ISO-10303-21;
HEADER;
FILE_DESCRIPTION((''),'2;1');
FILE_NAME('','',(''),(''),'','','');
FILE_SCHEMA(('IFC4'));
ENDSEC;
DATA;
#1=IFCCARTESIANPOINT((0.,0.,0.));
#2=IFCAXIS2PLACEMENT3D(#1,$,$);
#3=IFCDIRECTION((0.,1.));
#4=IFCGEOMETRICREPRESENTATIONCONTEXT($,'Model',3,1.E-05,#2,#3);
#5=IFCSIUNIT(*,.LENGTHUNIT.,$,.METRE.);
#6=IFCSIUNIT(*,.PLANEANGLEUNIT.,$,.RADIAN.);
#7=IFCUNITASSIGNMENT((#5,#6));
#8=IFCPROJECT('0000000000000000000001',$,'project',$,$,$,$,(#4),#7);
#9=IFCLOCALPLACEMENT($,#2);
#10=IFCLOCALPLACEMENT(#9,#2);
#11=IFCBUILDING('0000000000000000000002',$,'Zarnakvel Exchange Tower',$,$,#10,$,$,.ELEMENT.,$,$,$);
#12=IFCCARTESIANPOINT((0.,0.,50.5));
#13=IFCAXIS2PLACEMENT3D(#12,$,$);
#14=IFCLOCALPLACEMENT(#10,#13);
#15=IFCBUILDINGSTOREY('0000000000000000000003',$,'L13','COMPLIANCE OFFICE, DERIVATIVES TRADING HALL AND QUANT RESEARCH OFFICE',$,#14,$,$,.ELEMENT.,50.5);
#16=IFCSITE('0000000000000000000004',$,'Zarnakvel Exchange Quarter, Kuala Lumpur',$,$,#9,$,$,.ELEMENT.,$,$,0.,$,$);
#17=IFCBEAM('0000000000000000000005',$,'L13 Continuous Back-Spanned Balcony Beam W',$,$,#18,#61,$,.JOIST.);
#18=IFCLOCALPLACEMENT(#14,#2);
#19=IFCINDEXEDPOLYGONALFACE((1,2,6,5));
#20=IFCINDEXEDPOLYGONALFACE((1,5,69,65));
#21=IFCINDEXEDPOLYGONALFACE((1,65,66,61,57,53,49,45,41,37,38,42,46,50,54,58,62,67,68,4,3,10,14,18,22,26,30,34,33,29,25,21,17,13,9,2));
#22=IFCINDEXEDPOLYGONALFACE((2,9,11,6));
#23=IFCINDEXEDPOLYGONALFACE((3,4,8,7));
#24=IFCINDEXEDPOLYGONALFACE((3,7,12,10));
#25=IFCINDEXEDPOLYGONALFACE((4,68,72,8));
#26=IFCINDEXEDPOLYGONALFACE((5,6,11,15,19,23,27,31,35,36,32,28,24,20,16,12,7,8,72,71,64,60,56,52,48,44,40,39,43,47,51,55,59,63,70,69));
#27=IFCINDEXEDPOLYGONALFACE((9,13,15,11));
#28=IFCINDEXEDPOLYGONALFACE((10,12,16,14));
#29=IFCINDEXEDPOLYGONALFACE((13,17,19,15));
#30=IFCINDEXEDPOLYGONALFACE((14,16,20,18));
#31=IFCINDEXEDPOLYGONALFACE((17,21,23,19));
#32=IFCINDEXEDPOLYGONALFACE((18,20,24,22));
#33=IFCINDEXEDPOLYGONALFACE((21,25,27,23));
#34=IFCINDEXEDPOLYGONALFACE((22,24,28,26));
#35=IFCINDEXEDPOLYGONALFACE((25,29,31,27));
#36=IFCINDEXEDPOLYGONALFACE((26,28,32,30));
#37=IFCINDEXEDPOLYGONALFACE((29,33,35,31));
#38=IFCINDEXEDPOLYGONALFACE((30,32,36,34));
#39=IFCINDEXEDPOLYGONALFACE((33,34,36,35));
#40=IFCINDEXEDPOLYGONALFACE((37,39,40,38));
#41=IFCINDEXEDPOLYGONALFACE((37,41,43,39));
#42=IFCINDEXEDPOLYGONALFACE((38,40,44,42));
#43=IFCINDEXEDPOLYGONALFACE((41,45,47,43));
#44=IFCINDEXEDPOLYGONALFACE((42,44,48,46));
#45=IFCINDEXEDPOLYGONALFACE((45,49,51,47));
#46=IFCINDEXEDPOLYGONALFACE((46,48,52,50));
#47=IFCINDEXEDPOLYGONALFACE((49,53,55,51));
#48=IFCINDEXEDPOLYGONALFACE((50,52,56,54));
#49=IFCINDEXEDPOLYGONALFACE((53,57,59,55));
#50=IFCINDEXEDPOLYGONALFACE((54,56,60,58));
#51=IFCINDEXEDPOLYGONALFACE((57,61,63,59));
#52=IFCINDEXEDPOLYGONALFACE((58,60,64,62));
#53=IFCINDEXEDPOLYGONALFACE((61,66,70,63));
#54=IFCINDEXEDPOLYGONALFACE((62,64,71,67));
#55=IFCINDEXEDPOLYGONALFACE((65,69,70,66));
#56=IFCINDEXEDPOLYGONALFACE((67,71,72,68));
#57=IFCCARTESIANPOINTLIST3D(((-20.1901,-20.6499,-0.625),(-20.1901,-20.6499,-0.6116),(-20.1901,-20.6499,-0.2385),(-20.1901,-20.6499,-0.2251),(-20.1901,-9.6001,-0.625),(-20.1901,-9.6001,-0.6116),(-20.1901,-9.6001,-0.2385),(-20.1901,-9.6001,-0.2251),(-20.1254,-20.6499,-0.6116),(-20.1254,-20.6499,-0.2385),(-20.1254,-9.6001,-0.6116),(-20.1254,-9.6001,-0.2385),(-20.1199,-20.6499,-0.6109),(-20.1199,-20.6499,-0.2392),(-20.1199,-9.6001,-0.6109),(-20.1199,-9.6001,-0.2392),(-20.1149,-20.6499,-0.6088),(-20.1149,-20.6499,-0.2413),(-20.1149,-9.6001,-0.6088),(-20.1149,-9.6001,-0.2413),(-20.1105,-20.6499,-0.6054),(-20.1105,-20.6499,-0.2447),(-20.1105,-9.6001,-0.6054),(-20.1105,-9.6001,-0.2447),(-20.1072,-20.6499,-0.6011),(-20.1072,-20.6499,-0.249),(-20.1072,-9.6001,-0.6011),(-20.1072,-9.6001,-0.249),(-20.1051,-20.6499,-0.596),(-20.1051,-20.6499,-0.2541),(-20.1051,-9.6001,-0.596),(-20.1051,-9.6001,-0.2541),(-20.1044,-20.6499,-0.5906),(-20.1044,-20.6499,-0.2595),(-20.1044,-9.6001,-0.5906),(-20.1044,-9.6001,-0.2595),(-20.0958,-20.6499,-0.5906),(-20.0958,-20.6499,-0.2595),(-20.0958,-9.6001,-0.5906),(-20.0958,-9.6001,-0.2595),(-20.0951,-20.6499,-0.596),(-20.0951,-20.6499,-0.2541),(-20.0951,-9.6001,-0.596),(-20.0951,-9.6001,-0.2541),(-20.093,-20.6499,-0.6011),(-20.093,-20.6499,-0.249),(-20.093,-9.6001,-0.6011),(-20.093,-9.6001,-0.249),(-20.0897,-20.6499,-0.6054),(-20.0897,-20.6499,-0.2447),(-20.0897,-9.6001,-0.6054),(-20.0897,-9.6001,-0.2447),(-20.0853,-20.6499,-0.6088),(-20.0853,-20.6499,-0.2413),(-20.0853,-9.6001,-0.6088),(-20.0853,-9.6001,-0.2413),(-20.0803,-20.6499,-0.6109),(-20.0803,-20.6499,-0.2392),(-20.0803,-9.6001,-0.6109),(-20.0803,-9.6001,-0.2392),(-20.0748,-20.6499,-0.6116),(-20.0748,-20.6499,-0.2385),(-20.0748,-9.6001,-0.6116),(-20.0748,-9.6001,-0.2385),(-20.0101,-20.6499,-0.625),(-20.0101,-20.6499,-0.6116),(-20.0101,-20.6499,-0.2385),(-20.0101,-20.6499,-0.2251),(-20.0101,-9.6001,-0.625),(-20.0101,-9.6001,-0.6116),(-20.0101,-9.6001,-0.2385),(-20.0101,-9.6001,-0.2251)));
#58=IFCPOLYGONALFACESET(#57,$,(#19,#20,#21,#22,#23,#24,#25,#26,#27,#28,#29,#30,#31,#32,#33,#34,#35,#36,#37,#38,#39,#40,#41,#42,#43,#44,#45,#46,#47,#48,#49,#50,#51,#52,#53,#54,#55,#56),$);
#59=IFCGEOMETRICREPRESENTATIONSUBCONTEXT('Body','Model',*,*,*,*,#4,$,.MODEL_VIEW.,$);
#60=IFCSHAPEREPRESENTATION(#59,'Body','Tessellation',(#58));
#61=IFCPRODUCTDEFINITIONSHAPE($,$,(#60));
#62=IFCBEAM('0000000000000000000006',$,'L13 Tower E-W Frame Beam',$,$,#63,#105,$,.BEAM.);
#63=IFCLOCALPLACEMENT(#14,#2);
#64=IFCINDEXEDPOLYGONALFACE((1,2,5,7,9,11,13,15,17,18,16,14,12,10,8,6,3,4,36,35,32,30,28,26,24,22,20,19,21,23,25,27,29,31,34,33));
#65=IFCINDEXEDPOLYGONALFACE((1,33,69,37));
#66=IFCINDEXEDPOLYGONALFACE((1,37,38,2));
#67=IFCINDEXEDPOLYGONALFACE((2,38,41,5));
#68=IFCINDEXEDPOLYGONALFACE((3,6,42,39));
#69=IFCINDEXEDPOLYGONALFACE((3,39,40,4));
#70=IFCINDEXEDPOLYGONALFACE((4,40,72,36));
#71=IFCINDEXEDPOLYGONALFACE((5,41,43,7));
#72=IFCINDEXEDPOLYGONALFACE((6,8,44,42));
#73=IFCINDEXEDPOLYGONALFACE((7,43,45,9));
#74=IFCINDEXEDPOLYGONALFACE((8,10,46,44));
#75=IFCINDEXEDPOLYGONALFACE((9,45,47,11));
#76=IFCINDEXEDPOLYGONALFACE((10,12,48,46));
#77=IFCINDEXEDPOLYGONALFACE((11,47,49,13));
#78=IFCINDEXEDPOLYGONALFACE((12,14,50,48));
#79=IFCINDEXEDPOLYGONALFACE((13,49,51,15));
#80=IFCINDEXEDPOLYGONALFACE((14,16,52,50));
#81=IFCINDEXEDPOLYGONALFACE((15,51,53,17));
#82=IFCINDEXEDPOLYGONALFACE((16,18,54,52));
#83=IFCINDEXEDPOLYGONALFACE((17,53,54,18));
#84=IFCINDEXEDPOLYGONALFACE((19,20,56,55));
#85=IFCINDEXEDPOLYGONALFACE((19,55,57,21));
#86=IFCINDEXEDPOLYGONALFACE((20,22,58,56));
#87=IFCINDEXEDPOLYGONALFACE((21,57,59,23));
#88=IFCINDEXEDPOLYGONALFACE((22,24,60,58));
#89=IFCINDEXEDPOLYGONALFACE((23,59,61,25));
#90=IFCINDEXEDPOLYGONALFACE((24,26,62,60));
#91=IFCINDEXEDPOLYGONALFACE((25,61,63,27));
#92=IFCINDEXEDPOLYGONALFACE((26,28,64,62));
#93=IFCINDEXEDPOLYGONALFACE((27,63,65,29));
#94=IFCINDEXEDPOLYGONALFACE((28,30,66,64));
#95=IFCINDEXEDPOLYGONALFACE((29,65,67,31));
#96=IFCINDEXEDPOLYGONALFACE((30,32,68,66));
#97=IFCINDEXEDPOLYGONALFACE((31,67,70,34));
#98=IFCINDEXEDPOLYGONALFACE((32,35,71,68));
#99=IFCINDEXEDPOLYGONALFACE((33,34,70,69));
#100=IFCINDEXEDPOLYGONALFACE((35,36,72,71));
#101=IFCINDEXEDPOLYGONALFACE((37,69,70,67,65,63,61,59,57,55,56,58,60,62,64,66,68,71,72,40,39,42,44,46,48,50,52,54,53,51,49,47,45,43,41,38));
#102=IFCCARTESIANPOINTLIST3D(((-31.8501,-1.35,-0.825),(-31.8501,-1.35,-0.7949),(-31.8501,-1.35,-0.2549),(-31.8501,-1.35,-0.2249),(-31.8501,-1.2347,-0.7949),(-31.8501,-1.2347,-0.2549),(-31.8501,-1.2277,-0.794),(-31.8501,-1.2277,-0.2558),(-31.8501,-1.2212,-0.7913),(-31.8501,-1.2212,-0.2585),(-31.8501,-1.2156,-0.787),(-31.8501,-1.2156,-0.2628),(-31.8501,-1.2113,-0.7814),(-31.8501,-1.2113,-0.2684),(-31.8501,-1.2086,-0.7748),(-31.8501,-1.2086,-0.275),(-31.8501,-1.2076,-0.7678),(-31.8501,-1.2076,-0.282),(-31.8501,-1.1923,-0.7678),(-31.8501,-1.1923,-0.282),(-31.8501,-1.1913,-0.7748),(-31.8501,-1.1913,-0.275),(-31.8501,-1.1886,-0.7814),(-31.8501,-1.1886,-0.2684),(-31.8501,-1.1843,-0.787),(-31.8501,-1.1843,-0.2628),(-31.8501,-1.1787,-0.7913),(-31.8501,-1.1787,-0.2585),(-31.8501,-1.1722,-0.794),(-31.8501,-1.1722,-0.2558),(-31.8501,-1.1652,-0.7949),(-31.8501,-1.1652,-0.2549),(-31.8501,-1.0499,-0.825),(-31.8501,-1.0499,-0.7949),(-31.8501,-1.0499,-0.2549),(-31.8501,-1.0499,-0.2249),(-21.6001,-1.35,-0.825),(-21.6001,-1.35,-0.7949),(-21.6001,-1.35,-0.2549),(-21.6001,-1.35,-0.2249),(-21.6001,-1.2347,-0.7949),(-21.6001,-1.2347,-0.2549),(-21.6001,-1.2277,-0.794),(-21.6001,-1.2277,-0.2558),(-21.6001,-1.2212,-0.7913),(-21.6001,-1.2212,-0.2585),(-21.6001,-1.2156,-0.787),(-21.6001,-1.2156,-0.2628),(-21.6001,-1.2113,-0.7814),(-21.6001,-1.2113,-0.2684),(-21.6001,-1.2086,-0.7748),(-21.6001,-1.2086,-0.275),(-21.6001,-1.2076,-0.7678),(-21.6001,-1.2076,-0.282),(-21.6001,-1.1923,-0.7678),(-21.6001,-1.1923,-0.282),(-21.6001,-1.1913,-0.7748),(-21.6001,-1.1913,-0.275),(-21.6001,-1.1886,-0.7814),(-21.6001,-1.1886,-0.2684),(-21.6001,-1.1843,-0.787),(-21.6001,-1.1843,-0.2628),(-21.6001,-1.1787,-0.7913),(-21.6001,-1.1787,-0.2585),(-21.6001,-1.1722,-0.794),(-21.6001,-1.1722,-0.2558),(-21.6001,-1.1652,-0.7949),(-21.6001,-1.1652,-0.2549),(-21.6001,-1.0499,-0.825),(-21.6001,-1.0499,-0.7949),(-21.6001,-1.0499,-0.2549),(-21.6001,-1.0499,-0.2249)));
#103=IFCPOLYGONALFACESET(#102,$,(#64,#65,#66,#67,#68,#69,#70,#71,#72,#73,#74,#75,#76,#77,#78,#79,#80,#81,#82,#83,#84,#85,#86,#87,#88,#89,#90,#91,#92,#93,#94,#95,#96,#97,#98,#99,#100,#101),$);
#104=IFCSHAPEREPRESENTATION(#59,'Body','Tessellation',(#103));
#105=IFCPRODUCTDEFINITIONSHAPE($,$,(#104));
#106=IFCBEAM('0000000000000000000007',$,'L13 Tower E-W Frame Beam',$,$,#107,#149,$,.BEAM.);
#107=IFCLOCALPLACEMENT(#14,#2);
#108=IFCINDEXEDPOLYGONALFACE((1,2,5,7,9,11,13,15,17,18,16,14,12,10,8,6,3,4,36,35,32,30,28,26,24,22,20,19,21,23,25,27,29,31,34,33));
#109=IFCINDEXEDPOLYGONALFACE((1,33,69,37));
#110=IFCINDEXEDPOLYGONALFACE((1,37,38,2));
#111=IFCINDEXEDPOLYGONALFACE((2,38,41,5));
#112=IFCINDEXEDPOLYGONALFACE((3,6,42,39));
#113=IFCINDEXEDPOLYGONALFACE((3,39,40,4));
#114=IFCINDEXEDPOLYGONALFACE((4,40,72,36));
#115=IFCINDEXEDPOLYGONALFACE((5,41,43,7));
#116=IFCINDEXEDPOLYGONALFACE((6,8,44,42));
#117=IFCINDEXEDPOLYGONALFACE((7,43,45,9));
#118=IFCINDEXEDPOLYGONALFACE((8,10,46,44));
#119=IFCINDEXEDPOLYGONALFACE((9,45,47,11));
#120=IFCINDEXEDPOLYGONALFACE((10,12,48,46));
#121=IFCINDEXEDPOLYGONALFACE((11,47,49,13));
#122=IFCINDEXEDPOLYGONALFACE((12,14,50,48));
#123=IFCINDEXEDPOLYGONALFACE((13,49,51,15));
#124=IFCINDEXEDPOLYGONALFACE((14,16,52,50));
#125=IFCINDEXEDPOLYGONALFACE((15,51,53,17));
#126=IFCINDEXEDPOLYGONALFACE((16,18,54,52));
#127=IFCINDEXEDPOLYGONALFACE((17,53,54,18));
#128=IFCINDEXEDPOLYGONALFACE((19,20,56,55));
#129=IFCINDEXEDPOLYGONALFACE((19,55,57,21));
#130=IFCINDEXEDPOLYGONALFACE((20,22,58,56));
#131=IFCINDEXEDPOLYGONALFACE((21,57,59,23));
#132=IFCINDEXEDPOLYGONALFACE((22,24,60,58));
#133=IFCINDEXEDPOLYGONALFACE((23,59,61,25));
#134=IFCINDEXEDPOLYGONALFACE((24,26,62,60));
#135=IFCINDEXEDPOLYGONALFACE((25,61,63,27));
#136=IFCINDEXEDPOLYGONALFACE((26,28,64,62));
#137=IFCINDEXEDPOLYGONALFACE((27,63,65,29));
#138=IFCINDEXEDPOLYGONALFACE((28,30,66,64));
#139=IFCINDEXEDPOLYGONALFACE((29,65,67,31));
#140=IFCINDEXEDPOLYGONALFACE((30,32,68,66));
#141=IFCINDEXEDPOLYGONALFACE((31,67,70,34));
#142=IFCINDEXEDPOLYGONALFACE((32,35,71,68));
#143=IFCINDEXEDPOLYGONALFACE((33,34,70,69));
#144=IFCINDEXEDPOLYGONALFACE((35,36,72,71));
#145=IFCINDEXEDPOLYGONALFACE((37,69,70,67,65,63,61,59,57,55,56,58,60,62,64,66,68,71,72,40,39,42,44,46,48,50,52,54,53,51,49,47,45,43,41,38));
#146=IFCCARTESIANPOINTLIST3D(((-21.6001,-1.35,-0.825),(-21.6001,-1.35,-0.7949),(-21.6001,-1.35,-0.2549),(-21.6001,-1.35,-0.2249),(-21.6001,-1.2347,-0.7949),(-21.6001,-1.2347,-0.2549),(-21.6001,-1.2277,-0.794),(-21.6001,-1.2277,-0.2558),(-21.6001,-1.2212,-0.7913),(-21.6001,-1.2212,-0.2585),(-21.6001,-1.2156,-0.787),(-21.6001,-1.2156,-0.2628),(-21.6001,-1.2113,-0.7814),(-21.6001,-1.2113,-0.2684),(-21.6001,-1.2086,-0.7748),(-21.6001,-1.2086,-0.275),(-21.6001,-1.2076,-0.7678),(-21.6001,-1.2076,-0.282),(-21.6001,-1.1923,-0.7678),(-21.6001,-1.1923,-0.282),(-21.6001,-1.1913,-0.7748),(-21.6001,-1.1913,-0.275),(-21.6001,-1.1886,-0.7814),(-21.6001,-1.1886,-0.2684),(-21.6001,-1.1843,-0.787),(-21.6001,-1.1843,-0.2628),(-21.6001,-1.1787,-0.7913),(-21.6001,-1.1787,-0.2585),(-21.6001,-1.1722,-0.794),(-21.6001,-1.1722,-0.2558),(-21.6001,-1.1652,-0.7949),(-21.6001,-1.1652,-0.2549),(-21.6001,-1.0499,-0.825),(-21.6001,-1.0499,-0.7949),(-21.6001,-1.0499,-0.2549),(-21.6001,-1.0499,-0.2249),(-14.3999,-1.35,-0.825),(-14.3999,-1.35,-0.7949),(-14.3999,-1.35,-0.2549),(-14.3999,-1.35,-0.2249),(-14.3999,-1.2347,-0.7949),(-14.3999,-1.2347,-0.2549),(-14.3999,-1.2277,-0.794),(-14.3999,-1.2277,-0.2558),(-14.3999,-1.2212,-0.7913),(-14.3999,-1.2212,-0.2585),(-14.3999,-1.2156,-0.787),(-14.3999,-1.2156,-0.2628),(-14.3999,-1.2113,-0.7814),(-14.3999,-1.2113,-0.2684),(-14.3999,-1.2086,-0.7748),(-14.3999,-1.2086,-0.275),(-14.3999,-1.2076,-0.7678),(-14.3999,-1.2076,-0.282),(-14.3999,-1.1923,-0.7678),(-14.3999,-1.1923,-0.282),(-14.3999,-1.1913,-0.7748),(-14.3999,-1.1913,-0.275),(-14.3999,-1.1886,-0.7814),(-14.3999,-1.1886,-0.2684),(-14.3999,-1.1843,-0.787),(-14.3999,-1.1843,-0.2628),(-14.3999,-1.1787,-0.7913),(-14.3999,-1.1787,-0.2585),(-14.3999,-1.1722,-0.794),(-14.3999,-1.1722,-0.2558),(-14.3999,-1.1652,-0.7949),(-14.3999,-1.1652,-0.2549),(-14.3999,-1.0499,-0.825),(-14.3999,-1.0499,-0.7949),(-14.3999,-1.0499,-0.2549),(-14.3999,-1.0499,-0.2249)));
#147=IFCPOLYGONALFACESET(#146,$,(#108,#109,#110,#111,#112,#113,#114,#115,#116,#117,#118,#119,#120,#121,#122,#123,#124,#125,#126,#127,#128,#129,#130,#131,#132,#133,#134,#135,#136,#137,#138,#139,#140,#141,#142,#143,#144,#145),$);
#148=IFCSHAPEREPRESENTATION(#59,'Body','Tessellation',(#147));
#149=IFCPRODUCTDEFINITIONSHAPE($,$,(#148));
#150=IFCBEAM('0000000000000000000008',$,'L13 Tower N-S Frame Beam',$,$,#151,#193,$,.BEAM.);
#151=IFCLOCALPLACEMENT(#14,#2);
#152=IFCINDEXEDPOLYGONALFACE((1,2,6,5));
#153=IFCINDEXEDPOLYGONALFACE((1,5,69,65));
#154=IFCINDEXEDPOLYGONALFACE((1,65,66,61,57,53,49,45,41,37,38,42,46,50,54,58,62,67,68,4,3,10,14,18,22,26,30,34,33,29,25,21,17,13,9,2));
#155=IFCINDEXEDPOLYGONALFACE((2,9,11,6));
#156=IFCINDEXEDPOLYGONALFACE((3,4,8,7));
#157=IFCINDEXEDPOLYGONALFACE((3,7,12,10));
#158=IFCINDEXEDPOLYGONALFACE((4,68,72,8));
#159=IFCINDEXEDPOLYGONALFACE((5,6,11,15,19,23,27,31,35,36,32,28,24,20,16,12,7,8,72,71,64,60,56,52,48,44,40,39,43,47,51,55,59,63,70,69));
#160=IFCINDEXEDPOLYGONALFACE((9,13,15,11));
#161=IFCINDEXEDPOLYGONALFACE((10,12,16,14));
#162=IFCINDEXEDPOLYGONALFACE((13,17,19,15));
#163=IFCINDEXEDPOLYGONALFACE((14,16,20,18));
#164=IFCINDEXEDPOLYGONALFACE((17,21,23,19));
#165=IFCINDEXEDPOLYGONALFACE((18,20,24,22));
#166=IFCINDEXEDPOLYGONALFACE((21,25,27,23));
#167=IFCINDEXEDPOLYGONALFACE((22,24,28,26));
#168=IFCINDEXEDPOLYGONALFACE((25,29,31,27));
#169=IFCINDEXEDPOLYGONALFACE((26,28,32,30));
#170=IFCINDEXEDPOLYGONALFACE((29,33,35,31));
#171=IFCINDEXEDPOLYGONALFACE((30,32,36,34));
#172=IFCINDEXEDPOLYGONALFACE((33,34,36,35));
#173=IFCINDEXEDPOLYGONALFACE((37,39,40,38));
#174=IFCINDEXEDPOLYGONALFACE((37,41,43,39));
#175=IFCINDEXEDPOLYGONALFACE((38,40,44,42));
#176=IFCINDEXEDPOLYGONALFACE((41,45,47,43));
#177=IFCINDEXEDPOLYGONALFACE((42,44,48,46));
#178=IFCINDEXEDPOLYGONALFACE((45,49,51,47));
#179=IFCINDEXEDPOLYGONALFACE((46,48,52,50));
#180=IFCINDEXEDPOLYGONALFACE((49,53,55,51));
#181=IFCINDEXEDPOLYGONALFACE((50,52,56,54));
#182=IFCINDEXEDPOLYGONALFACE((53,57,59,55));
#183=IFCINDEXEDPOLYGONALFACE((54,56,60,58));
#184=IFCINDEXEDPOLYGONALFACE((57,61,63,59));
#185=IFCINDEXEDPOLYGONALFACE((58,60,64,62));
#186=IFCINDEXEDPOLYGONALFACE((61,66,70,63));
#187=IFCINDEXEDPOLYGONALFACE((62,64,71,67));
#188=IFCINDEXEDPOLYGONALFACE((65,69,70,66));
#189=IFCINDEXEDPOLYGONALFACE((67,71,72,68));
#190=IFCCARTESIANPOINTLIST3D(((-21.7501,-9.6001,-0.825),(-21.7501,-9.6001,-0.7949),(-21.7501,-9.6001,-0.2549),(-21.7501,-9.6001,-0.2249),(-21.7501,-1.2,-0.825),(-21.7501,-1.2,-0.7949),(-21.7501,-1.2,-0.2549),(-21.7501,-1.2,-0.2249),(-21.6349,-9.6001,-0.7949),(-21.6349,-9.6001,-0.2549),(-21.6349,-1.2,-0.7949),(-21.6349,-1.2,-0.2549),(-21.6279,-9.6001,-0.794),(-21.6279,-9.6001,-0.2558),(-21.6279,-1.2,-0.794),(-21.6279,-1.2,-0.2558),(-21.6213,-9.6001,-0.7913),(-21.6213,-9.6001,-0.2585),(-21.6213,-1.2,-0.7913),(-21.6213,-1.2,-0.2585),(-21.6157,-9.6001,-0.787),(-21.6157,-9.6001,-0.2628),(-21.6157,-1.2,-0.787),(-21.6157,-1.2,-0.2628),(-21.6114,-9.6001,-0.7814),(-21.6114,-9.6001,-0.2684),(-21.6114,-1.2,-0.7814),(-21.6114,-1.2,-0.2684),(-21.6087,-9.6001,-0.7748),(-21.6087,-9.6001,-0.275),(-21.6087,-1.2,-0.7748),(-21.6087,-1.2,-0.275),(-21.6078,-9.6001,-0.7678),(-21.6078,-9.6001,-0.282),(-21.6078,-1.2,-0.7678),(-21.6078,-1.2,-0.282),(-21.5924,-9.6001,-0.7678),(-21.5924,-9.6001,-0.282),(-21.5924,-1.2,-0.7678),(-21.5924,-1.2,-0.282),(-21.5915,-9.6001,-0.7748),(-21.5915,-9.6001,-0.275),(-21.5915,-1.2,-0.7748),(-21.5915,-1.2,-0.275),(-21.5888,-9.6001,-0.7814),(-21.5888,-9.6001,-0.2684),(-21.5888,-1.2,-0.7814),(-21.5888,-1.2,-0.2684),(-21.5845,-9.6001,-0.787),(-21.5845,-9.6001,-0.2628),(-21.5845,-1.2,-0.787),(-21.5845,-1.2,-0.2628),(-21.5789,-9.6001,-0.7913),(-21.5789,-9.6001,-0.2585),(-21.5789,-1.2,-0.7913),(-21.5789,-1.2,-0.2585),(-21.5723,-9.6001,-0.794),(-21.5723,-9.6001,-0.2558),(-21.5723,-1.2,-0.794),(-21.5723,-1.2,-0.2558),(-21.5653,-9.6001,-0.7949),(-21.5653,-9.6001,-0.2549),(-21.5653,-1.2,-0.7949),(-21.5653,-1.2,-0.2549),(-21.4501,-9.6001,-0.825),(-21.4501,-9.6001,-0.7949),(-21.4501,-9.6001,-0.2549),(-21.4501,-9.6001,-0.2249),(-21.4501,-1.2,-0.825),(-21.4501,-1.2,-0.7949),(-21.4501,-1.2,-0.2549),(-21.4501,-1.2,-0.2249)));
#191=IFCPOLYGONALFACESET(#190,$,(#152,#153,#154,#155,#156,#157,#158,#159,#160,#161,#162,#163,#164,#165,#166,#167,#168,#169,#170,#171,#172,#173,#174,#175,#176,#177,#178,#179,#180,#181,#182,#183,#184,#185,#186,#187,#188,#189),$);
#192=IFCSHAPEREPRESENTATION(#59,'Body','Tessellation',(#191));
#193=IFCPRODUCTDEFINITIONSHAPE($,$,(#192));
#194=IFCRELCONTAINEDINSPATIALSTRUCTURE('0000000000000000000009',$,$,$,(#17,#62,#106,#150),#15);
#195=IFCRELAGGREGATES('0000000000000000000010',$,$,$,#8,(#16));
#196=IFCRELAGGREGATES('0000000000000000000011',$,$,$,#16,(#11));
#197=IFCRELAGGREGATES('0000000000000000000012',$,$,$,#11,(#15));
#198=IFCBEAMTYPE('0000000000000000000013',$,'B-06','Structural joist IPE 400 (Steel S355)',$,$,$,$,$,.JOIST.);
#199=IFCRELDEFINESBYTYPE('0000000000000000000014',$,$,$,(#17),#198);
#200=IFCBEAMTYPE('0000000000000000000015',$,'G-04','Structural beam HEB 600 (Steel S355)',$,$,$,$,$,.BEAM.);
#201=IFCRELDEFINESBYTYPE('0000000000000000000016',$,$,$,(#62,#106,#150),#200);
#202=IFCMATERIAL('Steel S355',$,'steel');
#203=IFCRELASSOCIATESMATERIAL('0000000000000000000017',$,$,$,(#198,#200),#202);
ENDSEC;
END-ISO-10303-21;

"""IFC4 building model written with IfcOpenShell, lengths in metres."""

from ifc_helpers import new_model, si_unit, direction, frame, origin, origin_2d, place, context, subcontext, project, spatial, i_section, extrude, material, material_profile, profile_set, type_object, element, save


model = new_model("IFC4")

# Units and contexts
model_context = context("Model", 3, precision=1e-05, world=origin(), true_north=direction((0.0, 1.0)))
body_context = subcontext(model_context, "Body", "Model", "MODEL_VIEW")
ifc_project = project(units=[si_unit("LENGTHUNIT", "METRE"), si_unit("PLANEANGLEUNIT", "RADIAN")], contexts=[model_context])

# Site, building, storey
site_placement = place(None, origin())
site = spatial("IfcSite", under=ifc_project, at=site_placement, Name="Zarnakvel Exchange Quarter, Kuala Lumpur", CompositionType="ELEMENT", RefElevation=0.0)
building_placement = place(site_placement, origin())
building = spatial("IfcBuilding", under=site, at=building_placement, Name="Zarnakvel Exchange Tower", CompositionType="ELEMENT")
storey_placement = place(building_placement, frame((0.0, 0.0, 50.5)))
storey = spatial("IfcBuildingStorey", under=building, at=storey_placement, Name="L13", Description="COMPLIANCE OFFICE, DERIVATIVES TRADING HALL AND QUANT RESEARCH OFFICE", CompositionType="ELEMENT", Elevation=50.5)

# Shared definitions
ifc_material_1 = material(Name="Steel S355", Category="steel")

# Beams
ifc_material_profile_1 = material_profile(ifc_material_1, i_section(OverallWidth=0.1799, OverallDepth=0.3999, WebThickness=0.0085, FlangeThickness=0.0134, FilletRadius=0.021, at=origin_2d()))
ifc_profile_set_1 = profile_set([ifc_material_profile_1], Name="Steel S355")
beam_type_1 = type_object("IfcBeamType", Name="B-06", Description="Structural joist IPE 400 (Steel S355)", PredefinedType="JOIST", material=ifc_profile_set_1)
beam_1_placement = place(storey_placement, frame((-20.1001, -9.6001, -0.425), z_axis=(0.0, -1.0, 0.0), x_axis=(1.0, 0.0, 0.0)))
element("IfcBeam", 1, at=beam_1_placement, inside=storey, type_object=beam_type_1, Name="L13 Continuous Back-Spanned Balcony Beam W", PredefinedType="JOIST", context=body_context, shape_type="SweptSolid", body=[
    extrude(i_section(OverallWidth=0.1799, OverallDepth=0.3999, WebThickness=0.0085, FlangeThickness=0.0134, FilletRadius=0.021, at=origin_2d()), origin(), (0.0, 0.0, 1.0), 11.0498),
])
ifc_material_profile_2 = material_profile(ifc_material_1, i_section(OverallWidth=0.3, OverallDepth=0.6001, WebThickness=0.0154, FlangeThickness=0.03, FilletRadius=0.0271, at=origin_2d()))
ifc_profile_set_2 = profile_set([ifc_material_profile_2], Name="Steel S355")
beam_type_2 = type_object("IfcBeamType", Name="G-04", Description="Structural beam HEB 600 (Steel S355)", PredefinedType="BEAM", material=ifc_profile_set_2)
beam_2_placement = place(storey_placement, frame((-31.8501, -1.2, -0.5249), z_axis=(1.0, 0.0, 0.0), x_axis=(0.0, 1.0, 0.0)))
element("IfcBeam", 2, at=beam_2_placement, inside=storey, type_object=beam_type_2, Name="L13 Tower E-W Frame Beam", PredefinedType="BEAM", context=body_context, shape_type="SweptSolid", body=[
    extrude(i_section(OverallWidth=0.3, OverallDepth=0.6001, WebThickness=0.0154, FlangeThickness=0.03, FilletRadius=0.0271, at=origin_2d()), origin(), (0.0, 0.0, 1.0), 10.25),
])
beam_3_placement = place(storey_placement, frame((-21.6001, -1.2, -0.5249), z_axis=(1.0, 0.0, 0.0), x_axis=(0.0, 1.0, 0.0)))
element("IfcBeam", 3, at=beam_3_placement, inside=storey, type_object=beam_type_2, Name="L13 Tower E-W Frame Beam", PredefinedType="BEAM", context=body_context, shape_type="SweptSolid", body=[
    extrude(i_section(OverallWidth=0.3, OverallDepth=0.6001, WebThickness=0.0154, FlangeThickness=0.03, FilletRadius=0.0271, at=origin_2d()), origin(), (0.0, 0.0, 1.0), 7.2002),
])
beam_4_placement = place(storey_placement, frame((-21.6001, -9.6001, -0.5249), z_axis=(0.0, 1.0, 0.0), x_axis=(-1.0, 0.0, 0.0)))
element("IfcBeam", 4, at=beam_4_placement, inside=storey, type_object=beam_type_2, Name="L13 Tower N-S Frame Beam", PredefinedType="BEAM", context=body_context, shape_type="SweptSolid", body=[
    extrude(i_section(OverallWidth=0.3, OverallDepth=0.6001, WebThickness=0.0154, FlangeThickness=0.03, FilletRadius=0.0271, at=origin_2d()), origin(), (0.0, 0.0, 1.0), 8.4001),
])

save(model, "model.ifc")
